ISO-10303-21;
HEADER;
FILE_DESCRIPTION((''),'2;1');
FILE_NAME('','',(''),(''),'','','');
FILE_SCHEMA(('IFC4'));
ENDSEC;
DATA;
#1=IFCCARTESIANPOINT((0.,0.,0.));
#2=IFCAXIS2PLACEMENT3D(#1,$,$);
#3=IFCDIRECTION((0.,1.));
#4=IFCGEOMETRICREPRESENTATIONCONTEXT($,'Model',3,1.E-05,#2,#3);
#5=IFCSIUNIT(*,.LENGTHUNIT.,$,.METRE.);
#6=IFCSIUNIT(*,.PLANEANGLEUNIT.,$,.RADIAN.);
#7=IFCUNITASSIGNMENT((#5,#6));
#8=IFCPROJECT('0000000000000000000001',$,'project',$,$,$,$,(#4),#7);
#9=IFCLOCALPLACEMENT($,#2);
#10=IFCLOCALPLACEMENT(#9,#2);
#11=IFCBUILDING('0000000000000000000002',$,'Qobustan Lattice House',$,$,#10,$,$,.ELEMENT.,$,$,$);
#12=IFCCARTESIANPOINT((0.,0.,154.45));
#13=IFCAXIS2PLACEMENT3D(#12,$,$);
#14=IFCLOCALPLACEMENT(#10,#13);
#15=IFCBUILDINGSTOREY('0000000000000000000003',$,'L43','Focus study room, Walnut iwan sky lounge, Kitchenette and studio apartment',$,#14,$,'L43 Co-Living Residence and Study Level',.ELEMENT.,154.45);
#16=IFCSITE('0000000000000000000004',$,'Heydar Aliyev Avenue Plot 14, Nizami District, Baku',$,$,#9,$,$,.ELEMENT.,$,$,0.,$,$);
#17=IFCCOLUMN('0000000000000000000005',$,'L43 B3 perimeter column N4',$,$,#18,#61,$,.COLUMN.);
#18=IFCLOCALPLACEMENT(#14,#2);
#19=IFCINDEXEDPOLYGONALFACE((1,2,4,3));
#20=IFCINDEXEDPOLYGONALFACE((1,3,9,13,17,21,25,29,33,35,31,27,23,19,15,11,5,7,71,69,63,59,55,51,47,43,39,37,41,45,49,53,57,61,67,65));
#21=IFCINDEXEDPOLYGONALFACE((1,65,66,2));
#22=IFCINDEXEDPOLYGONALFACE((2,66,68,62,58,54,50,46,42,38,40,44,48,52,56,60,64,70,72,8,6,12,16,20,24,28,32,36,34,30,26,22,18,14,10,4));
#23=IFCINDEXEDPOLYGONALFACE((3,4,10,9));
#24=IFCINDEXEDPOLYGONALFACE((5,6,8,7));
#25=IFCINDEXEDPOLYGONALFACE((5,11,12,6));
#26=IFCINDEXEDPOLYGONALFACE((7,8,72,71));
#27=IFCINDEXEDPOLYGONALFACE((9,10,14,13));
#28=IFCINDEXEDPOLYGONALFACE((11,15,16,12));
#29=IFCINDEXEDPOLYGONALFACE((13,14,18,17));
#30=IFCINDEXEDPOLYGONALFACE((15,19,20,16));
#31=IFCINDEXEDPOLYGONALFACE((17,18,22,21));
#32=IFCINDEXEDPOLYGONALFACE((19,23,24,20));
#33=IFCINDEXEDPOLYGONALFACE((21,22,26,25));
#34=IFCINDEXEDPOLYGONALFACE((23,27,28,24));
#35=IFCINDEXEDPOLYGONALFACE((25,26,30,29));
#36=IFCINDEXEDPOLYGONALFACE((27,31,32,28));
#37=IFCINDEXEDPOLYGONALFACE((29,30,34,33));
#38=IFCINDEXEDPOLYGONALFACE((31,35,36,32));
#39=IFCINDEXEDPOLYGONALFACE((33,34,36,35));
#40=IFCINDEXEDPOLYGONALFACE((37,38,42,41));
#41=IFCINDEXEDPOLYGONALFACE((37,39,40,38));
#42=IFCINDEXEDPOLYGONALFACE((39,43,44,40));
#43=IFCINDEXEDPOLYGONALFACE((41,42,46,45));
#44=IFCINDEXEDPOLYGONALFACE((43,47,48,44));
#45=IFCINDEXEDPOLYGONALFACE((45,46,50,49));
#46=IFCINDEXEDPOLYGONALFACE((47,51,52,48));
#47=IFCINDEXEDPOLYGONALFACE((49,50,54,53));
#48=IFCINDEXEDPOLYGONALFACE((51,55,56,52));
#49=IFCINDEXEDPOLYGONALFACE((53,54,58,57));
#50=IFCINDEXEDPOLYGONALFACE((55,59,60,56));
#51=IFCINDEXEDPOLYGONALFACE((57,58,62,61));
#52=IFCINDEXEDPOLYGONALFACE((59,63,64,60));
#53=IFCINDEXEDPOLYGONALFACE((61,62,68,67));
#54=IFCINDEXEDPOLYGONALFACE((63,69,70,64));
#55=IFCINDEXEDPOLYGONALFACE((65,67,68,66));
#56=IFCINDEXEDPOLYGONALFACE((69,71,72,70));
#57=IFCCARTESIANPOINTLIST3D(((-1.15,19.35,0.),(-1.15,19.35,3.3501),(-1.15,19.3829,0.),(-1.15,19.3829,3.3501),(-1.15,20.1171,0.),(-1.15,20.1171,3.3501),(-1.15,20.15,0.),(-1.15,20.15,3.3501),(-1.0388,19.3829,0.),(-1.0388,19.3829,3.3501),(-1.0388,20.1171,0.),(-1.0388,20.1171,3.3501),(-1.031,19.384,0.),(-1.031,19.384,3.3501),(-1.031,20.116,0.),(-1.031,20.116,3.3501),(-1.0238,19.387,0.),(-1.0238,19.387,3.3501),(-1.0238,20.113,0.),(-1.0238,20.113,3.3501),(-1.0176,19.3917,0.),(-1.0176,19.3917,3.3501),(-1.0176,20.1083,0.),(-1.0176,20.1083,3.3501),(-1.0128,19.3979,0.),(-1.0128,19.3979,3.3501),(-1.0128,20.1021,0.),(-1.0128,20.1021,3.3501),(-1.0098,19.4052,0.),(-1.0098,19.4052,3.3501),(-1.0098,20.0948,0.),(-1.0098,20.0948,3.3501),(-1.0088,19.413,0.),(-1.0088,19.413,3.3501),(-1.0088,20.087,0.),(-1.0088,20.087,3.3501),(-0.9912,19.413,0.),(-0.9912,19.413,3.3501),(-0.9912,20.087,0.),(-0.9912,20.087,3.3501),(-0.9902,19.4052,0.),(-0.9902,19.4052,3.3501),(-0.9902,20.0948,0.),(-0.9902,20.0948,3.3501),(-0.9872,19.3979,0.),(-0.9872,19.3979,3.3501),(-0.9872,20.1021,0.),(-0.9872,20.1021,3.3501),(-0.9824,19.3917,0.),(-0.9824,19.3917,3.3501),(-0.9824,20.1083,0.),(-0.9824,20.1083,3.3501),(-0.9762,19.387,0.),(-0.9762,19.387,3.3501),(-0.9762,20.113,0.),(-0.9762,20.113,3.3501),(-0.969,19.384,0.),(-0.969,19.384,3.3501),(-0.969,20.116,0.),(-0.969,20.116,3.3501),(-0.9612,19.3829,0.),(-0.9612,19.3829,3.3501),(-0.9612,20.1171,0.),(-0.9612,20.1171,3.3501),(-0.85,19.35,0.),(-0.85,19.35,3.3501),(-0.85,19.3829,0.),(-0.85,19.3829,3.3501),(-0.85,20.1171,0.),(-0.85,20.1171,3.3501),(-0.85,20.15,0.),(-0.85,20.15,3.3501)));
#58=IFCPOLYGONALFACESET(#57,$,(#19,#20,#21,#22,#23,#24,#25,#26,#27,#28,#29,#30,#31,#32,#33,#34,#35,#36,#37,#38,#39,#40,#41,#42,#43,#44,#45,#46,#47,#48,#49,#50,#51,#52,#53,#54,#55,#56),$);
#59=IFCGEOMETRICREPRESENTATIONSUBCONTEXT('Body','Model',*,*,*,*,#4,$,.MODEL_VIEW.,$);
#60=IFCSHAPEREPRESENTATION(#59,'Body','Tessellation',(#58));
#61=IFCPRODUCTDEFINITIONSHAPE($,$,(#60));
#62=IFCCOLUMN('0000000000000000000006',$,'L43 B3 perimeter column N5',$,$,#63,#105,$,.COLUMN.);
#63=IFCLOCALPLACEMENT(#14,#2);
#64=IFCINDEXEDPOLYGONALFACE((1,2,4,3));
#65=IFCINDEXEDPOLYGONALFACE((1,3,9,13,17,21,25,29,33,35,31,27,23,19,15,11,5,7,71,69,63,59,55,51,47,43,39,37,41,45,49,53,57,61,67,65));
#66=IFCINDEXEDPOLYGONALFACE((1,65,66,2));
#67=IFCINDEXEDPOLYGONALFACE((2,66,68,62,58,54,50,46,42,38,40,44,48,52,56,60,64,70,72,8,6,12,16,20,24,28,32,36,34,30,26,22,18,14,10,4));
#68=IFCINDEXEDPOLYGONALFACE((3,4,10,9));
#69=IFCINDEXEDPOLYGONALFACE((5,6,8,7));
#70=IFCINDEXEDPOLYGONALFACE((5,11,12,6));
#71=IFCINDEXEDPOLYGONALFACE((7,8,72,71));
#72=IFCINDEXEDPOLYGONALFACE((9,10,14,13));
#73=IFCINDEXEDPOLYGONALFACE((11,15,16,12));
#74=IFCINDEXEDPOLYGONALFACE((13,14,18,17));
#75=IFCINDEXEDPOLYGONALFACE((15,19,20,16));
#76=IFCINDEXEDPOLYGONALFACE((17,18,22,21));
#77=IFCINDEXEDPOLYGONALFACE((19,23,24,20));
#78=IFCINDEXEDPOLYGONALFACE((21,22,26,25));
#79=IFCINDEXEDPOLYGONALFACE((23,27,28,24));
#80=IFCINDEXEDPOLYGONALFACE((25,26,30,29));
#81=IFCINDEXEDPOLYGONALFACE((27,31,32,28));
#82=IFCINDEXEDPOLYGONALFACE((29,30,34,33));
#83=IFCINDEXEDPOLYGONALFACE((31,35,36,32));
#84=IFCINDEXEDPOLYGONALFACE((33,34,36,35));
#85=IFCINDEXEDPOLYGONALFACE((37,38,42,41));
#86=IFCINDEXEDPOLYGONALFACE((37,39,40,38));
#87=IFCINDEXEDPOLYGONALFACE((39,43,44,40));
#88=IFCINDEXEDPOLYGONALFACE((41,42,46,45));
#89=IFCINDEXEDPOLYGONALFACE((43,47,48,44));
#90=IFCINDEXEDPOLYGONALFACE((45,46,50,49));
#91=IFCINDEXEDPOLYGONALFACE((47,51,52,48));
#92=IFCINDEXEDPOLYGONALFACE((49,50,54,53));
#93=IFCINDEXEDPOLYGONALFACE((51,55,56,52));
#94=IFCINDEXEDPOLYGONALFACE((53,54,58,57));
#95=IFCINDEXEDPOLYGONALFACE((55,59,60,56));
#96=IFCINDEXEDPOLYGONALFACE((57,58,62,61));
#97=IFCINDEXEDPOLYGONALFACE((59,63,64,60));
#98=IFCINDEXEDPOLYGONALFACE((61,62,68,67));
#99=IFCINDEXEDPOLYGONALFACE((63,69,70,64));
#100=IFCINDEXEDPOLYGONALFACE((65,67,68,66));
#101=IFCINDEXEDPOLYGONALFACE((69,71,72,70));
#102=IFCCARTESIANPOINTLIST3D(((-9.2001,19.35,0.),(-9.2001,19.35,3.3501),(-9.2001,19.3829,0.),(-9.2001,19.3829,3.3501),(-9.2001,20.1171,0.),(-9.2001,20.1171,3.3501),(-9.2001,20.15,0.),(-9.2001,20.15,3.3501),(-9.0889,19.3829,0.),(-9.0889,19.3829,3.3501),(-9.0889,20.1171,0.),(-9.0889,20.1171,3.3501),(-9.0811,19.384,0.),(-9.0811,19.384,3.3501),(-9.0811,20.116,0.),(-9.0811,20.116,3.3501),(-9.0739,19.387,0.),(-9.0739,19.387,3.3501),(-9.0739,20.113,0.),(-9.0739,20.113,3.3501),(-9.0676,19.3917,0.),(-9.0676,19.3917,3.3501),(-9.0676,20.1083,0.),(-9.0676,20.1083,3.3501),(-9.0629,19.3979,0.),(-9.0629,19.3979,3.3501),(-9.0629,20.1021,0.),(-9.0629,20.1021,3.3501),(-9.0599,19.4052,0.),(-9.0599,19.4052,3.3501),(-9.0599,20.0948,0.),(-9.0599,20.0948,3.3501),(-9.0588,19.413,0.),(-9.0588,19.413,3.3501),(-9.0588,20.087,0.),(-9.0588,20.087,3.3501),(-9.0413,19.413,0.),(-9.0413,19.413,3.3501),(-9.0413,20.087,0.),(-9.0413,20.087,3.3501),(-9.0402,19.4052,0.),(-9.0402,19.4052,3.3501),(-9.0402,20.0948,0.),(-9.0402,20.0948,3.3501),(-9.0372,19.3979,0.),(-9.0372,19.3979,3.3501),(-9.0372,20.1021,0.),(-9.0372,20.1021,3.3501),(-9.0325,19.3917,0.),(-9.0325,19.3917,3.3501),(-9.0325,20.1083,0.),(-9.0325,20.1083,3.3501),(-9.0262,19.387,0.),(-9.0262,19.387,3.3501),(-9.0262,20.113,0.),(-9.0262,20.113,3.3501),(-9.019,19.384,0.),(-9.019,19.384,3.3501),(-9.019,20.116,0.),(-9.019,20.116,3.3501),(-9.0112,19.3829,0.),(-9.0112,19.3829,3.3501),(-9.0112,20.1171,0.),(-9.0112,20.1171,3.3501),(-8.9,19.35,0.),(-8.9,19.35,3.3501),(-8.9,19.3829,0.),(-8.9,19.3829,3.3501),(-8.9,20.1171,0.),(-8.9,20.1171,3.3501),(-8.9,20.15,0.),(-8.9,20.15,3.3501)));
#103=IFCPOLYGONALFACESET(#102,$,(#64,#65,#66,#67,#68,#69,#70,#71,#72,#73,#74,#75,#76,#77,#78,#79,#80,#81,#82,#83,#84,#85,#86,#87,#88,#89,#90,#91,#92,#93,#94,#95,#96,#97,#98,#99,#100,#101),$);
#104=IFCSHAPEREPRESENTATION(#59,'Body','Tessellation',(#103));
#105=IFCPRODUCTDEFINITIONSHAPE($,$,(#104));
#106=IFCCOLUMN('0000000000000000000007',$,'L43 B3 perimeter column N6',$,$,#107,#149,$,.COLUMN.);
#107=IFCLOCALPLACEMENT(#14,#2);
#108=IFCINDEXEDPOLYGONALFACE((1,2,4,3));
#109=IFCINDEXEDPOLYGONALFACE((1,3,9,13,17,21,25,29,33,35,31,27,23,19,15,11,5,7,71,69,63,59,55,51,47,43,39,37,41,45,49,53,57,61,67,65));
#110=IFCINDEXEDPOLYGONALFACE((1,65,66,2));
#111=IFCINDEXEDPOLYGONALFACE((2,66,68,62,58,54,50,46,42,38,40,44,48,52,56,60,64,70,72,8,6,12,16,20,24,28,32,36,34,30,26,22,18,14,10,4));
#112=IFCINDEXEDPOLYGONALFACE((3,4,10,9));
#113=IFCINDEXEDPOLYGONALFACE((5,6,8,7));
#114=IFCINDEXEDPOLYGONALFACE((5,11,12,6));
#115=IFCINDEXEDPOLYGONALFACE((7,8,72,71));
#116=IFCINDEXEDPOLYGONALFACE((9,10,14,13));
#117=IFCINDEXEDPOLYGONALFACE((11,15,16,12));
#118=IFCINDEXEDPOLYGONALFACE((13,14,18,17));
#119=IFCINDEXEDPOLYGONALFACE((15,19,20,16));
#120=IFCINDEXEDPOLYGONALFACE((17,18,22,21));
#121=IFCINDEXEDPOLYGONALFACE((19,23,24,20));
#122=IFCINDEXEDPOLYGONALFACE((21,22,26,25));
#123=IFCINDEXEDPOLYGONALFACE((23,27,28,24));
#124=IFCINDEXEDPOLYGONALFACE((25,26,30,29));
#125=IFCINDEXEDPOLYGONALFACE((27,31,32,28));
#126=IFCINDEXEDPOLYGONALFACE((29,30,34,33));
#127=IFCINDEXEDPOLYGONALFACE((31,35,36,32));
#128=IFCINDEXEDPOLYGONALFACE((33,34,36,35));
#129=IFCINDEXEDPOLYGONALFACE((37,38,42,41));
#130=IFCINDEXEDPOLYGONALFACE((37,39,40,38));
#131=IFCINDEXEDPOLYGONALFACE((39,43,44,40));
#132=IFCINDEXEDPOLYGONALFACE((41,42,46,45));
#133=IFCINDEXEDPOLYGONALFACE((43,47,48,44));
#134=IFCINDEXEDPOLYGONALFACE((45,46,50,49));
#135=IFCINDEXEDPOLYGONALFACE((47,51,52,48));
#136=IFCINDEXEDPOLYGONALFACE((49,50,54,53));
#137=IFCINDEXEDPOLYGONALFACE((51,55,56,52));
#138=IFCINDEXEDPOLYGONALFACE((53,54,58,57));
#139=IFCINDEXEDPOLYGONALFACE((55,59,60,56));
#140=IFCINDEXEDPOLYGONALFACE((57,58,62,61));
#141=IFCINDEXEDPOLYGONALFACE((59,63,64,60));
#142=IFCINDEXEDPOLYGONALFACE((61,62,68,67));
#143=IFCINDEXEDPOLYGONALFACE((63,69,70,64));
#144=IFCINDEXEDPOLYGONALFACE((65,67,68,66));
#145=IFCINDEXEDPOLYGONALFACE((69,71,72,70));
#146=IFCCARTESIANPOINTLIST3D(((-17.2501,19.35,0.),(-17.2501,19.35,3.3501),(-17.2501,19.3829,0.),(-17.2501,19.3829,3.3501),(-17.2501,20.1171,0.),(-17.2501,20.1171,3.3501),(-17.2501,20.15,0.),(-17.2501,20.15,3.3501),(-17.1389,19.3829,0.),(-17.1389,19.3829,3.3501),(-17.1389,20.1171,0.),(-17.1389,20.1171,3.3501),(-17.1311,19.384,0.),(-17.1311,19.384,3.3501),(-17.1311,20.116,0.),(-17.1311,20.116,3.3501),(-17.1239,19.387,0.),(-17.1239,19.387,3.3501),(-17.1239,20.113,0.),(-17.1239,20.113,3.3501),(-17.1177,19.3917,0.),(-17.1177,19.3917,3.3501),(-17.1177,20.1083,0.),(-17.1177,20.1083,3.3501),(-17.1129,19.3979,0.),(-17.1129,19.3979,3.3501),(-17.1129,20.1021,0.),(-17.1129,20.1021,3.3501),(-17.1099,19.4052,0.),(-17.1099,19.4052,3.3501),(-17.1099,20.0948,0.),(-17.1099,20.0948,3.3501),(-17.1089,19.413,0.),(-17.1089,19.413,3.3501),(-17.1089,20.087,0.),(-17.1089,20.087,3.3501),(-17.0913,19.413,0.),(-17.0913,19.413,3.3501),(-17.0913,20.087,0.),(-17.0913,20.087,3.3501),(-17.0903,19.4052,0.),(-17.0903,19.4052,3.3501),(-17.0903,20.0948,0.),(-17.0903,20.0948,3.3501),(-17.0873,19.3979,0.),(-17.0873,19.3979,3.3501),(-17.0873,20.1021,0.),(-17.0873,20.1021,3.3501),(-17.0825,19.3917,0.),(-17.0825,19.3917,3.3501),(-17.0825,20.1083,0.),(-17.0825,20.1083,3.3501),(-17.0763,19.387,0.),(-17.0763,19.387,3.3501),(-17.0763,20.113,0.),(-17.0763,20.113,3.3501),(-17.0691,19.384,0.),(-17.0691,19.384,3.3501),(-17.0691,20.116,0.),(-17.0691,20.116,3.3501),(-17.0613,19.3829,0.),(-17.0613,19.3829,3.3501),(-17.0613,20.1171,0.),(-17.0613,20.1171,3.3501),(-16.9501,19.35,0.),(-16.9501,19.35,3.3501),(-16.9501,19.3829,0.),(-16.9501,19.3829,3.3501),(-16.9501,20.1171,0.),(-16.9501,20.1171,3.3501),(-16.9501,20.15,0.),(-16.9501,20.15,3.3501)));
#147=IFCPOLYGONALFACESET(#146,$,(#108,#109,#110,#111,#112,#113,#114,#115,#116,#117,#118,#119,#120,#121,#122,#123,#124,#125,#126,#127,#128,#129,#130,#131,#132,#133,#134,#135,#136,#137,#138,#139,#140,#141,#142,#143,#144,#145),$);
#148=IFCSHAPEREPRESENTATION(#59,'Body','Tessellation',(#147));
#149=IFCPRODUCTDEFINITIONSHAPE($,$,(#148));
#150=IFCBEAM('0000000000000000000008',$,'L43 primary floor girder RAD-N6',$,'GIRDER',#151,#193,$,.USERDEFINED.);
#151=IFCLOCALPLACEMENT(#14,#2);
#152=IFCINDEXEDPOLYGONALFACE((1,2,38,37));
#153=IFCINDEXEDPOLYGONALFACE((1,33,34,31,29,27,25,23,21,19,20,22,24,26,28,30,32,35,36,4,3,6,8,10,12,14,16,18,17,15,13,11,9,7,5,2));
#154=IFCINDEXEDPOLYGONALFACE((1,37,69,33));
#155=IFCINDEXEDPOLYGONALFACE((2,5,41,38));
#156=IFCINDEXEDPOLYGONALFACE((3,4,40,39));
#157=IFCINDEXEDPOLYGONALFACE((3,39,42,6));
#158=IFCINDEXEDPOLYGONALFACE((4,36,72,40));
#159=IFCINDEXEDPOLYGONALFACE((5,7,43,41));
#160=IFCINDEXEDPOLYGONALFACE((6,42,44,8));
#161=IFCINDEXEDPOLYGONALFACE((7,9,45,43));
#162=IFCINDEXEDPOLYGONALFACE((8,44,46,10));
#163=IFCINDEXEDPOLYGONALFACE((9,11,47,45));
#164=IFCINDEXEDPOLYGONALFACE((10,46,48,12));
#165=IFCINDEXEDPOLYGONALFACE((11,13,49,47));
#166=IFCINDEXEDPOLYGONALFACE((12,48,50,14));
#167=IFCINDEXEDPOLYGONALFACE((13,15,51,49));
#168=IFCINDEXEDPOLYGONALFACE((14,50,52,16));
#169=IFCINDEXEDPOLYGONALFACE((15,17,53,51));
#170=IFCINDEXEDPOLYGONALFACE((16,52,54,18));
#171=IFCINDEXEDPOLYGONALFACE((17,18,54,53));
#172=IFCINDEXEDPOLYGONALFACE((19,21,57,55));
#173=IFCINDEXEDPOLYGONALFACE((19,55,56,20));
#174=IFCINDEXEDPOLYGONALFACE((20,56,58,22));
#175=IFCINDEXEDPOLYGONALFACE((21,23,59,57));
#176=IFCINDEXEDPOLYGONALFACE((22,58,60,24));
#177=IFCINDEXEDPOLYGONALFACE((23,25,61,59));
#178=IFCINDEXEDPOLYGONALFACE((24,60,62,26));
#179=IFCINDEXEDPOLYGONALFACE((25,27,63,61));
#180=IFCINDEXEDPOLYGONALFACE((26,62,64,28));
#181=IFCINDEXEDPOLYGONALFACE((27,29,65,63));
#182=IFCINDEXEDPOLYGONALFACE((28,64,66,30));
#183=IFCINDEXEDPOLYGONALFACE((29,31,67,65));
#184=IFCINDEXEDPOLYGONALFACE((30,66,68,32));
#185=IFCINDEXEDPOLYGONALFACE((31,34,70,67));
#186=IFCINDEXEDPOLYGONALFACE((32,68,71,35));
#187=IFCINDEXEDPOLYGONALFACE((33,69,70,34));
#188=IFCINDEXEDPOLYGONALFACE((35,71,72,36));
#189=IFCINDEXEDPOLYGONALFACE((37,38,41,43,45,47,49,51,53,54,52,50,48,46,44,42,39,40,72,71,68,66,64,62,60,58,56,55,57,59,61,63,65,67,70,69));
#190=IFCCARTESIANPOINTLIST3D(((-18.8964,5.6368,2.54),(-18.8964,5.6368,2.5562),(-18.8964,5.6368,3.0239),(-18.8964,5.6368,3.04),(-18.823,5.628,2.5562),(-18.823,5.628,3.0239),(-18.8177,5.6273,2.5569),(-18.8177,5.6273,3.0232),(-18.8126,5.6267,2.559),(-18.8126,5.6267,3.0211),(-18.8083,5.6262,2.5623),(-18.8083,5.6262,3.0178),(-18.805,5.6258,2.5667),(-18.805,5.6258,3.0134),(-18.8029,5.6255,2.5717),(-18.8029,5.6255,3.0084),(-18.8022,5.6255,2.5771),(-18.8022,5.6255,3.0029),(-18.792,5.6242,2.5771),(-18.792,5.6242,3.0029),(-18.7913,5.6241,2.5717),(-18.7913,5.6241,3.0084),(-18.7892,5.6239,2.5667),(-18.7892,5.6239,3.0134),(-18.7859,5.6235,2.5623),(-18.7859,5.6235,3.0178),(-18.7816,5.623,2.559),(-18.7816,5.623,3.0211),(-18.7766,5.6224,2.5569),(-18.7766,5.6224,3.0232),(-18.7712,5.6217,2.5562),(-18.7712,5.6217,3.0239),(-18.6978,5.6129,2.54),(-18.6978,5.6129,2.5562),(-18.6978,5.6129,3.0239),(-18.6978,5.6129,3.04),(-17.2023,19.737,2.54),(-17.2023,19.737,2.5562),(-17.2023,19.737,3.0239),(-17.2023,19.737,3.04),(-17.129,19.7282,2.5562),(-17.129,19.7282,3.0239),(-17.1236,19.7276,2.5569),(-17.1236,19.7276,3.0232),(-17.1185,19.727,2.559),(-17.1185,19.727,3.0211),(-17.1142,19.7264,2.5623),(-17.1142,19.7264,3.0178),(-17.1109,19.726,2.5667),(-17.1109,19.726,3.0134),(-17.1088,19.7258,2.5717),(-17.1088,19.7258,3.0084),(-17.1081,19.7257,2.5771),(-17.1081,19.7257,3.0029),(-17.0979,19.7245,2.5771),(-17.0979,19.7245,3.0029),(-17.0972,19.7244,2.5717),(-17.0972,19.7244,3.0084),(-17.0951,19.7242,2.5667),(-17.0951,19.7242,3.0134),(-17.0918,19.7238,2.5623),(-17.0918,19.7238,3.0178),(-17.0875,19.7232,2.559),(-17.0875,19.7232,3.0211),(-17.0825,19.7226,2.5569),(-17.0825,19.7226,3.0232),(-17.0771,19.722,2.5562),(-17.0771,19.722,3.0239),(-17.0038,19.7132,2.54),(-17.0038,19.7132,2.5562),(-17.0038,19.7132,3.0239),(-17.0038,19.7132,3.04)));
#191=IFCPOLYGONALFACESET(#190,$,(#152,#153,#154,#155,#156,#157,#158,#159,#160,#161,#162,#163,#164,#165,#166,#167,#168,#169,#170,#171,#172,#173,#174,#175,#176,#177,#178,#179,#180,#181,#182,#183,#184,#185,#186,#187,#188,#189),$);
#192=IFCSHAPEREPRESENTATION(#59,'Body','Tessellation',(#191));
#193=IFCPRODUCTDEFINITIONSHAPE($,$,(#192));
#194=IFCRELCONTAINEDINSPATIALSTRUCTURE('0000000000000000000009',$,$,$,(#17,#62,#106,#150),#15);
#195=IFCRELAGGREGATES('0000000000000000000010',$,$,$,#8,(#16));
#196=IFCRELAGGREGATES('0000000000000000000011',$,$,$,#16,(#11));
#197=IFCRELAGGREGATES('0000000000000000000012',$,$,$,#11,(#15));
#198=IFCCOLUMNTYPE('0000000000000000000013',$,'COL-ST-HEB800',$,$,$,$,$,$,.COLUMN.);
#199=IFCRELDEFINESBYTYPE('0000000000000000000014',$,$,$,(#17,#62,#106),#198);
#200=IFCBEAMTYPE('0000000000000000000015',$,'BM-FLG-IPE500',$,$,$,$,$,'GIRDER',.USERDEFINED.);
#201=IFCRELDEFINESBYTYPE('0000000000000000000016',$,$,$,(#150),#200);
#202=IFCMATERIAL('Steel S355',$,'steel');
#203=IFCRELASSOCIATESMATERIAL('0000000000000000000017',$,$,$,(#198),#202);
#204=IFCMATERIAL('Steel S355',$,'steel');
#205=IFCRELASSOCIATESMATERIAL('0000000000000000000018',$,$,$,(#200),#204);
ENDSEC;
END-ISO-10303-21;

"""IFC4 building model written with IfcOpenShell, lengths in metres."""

from ifc_helpers import new_model, si_unit, direction, frame, origin, origin_2d, place, context, subcontext, project, spatial, i_section, extrude, material, material_profile, profile_set, type_object, element, save


model = new_model("IFC4")

# Units and contexts
model_context = context("Model", 3, precision=1e-05, world=origin(), true_north=direction((0.0, 1.0)))
body_context = subcontext(model_context, "Body", "Model", "MODEL_VIEW")
ifc_project = project(units=[si_unit("LENGTHUNIT", "METRE"), si_unit("PLANEANGLEUNIT", "RADIAN")], contexts=[model_context])

# Site, building, storey
site_placement = place(None, origin())
site = spatial("IfcSite", under=ifc_project, at=site_placement, Name="Heydar Aliyev Avenue Plot 14, Nizami District, Baku", CompositionType="ELEMENT", RefElevation=0.0)
building_placement = place(site_placement, origin())
building = spatial("IfcBuilding", under=site, at=building_placement, Name="Qobustan Lattice House", CompositionType="ELEMENT")
storey_placement = place(building_placement, frame((0.0, 0.0, 154.45)))
storey = spatial("IfcBuildingStorey", under=building, at=storey_placement, Name="L43", Description="Focus study room, Walnut iwan sky lounge, Kitchenette and studio apartment", LongName="L43 Co-Living Residence and Study Level", CompositionType="ELEMENT", Elevation=154.45)

# Columns
ifc_material_1 = material(Name="Steel S355", Category="steel")
ifc_material_profile_1 = material_profile(ifc_material_1, i_section(OverallWidth=0.3, OverallDepth=0.8, WebThickness=0.0176, FlangeThickness=0.033, FilletRadius=0.03, at=origin_2d()), Name="HEB800")
ifc_profile_set_1 = profile_set([ifc_material_profile_1], Name="Steel S355")
column_type = type_object("IfcColumnType", Name="COL-ST-HEB800", PredefinedType="COLUMN", material=ifc_profile_set_1)
for number, where, z_axis, x_axis, name in (
    (1, (-1.0, 19.75, 0.0), (0.0, 0.0, 1.0), (1.0, 0.0, 0.0), "L43 B3 perimeter column N4"),
    (2, (-9.05, 19.75, 0.0), (0.0, 0.0, 1.0), (1.0, 0.0, 0.0), "L43 B3 perimeter column N5"),
    (3, (-17.1001, 19.75, 0.0), (0.0, 0.0, 1.0), (1.0, 0.0, 0.0), "L43 B3 perimeter column N6"),
):
    element("IfcColumn", number, at=place(storey_placement, frame(where, z_axis=z_axis, x_axis=x_axis)), inside=storey, type_object=column_type, Name=name, PredefinedType="COLUMN", context=body_context, shape_type="SweptSolid", body=[
        extrude(i_section(OverallWidth=0.3, OverallDepth=0.8, WebThickness=0.0176, FlangeThickness=0.033, FilletRadius=0.03, at=origin_2d()), origin(), (0.0, 0.0, 1.0), 3.3501),
    ])

# Beam
ifc_material_2 = material(Name="Steel S355", Category="steel")
ifc_material_profile_2 = material_profile(ifc_material_2, i_section(OverallWidth=0.2, OverallDepth=0.5, WebThickness=0.0103, FlangeThickness=0.0161, FilletRadius=0.021, at=origin_2d()), Name="IPE500")
ifc_profile_set_2 = profile_set([ifc_material_profile_2], Name="Steel S355")
beam_type_1 = type_object("IfcBeamType", Name="BM-FLG-IPE500", ElementType="GIRDER", PredefinedType="USERDEFINED", material=ifc_profile_set_2)
beam_1_placement = place(storey_placement, frame((-17.103, 19.7251, 2.79), z_axis=(-0.119288, -0.99286, 0.0), x_axis=(0.99286, -0.119288, 0.0)))
element("IfcBeam", 4, at=beam_1_placement, inside=storey, type_object=beam_type_1, Name="L43 primary floor girder RAD-N6", ObjectType="GIRDER", PredefinedType="USERDEFINED", context=body_context, shape_type="SweptSolid", body=[
    extrude(i_section(OverallWidth=0.2, OverallDepth=0.5, WebThickness=0.0103, FlangeThickness=0.0161, FilletRadius=0.021, at=origin_2d()), origin(), (0.0, 0.0, 1.0), 14.2017),
])

save(model, "model.ifc")
